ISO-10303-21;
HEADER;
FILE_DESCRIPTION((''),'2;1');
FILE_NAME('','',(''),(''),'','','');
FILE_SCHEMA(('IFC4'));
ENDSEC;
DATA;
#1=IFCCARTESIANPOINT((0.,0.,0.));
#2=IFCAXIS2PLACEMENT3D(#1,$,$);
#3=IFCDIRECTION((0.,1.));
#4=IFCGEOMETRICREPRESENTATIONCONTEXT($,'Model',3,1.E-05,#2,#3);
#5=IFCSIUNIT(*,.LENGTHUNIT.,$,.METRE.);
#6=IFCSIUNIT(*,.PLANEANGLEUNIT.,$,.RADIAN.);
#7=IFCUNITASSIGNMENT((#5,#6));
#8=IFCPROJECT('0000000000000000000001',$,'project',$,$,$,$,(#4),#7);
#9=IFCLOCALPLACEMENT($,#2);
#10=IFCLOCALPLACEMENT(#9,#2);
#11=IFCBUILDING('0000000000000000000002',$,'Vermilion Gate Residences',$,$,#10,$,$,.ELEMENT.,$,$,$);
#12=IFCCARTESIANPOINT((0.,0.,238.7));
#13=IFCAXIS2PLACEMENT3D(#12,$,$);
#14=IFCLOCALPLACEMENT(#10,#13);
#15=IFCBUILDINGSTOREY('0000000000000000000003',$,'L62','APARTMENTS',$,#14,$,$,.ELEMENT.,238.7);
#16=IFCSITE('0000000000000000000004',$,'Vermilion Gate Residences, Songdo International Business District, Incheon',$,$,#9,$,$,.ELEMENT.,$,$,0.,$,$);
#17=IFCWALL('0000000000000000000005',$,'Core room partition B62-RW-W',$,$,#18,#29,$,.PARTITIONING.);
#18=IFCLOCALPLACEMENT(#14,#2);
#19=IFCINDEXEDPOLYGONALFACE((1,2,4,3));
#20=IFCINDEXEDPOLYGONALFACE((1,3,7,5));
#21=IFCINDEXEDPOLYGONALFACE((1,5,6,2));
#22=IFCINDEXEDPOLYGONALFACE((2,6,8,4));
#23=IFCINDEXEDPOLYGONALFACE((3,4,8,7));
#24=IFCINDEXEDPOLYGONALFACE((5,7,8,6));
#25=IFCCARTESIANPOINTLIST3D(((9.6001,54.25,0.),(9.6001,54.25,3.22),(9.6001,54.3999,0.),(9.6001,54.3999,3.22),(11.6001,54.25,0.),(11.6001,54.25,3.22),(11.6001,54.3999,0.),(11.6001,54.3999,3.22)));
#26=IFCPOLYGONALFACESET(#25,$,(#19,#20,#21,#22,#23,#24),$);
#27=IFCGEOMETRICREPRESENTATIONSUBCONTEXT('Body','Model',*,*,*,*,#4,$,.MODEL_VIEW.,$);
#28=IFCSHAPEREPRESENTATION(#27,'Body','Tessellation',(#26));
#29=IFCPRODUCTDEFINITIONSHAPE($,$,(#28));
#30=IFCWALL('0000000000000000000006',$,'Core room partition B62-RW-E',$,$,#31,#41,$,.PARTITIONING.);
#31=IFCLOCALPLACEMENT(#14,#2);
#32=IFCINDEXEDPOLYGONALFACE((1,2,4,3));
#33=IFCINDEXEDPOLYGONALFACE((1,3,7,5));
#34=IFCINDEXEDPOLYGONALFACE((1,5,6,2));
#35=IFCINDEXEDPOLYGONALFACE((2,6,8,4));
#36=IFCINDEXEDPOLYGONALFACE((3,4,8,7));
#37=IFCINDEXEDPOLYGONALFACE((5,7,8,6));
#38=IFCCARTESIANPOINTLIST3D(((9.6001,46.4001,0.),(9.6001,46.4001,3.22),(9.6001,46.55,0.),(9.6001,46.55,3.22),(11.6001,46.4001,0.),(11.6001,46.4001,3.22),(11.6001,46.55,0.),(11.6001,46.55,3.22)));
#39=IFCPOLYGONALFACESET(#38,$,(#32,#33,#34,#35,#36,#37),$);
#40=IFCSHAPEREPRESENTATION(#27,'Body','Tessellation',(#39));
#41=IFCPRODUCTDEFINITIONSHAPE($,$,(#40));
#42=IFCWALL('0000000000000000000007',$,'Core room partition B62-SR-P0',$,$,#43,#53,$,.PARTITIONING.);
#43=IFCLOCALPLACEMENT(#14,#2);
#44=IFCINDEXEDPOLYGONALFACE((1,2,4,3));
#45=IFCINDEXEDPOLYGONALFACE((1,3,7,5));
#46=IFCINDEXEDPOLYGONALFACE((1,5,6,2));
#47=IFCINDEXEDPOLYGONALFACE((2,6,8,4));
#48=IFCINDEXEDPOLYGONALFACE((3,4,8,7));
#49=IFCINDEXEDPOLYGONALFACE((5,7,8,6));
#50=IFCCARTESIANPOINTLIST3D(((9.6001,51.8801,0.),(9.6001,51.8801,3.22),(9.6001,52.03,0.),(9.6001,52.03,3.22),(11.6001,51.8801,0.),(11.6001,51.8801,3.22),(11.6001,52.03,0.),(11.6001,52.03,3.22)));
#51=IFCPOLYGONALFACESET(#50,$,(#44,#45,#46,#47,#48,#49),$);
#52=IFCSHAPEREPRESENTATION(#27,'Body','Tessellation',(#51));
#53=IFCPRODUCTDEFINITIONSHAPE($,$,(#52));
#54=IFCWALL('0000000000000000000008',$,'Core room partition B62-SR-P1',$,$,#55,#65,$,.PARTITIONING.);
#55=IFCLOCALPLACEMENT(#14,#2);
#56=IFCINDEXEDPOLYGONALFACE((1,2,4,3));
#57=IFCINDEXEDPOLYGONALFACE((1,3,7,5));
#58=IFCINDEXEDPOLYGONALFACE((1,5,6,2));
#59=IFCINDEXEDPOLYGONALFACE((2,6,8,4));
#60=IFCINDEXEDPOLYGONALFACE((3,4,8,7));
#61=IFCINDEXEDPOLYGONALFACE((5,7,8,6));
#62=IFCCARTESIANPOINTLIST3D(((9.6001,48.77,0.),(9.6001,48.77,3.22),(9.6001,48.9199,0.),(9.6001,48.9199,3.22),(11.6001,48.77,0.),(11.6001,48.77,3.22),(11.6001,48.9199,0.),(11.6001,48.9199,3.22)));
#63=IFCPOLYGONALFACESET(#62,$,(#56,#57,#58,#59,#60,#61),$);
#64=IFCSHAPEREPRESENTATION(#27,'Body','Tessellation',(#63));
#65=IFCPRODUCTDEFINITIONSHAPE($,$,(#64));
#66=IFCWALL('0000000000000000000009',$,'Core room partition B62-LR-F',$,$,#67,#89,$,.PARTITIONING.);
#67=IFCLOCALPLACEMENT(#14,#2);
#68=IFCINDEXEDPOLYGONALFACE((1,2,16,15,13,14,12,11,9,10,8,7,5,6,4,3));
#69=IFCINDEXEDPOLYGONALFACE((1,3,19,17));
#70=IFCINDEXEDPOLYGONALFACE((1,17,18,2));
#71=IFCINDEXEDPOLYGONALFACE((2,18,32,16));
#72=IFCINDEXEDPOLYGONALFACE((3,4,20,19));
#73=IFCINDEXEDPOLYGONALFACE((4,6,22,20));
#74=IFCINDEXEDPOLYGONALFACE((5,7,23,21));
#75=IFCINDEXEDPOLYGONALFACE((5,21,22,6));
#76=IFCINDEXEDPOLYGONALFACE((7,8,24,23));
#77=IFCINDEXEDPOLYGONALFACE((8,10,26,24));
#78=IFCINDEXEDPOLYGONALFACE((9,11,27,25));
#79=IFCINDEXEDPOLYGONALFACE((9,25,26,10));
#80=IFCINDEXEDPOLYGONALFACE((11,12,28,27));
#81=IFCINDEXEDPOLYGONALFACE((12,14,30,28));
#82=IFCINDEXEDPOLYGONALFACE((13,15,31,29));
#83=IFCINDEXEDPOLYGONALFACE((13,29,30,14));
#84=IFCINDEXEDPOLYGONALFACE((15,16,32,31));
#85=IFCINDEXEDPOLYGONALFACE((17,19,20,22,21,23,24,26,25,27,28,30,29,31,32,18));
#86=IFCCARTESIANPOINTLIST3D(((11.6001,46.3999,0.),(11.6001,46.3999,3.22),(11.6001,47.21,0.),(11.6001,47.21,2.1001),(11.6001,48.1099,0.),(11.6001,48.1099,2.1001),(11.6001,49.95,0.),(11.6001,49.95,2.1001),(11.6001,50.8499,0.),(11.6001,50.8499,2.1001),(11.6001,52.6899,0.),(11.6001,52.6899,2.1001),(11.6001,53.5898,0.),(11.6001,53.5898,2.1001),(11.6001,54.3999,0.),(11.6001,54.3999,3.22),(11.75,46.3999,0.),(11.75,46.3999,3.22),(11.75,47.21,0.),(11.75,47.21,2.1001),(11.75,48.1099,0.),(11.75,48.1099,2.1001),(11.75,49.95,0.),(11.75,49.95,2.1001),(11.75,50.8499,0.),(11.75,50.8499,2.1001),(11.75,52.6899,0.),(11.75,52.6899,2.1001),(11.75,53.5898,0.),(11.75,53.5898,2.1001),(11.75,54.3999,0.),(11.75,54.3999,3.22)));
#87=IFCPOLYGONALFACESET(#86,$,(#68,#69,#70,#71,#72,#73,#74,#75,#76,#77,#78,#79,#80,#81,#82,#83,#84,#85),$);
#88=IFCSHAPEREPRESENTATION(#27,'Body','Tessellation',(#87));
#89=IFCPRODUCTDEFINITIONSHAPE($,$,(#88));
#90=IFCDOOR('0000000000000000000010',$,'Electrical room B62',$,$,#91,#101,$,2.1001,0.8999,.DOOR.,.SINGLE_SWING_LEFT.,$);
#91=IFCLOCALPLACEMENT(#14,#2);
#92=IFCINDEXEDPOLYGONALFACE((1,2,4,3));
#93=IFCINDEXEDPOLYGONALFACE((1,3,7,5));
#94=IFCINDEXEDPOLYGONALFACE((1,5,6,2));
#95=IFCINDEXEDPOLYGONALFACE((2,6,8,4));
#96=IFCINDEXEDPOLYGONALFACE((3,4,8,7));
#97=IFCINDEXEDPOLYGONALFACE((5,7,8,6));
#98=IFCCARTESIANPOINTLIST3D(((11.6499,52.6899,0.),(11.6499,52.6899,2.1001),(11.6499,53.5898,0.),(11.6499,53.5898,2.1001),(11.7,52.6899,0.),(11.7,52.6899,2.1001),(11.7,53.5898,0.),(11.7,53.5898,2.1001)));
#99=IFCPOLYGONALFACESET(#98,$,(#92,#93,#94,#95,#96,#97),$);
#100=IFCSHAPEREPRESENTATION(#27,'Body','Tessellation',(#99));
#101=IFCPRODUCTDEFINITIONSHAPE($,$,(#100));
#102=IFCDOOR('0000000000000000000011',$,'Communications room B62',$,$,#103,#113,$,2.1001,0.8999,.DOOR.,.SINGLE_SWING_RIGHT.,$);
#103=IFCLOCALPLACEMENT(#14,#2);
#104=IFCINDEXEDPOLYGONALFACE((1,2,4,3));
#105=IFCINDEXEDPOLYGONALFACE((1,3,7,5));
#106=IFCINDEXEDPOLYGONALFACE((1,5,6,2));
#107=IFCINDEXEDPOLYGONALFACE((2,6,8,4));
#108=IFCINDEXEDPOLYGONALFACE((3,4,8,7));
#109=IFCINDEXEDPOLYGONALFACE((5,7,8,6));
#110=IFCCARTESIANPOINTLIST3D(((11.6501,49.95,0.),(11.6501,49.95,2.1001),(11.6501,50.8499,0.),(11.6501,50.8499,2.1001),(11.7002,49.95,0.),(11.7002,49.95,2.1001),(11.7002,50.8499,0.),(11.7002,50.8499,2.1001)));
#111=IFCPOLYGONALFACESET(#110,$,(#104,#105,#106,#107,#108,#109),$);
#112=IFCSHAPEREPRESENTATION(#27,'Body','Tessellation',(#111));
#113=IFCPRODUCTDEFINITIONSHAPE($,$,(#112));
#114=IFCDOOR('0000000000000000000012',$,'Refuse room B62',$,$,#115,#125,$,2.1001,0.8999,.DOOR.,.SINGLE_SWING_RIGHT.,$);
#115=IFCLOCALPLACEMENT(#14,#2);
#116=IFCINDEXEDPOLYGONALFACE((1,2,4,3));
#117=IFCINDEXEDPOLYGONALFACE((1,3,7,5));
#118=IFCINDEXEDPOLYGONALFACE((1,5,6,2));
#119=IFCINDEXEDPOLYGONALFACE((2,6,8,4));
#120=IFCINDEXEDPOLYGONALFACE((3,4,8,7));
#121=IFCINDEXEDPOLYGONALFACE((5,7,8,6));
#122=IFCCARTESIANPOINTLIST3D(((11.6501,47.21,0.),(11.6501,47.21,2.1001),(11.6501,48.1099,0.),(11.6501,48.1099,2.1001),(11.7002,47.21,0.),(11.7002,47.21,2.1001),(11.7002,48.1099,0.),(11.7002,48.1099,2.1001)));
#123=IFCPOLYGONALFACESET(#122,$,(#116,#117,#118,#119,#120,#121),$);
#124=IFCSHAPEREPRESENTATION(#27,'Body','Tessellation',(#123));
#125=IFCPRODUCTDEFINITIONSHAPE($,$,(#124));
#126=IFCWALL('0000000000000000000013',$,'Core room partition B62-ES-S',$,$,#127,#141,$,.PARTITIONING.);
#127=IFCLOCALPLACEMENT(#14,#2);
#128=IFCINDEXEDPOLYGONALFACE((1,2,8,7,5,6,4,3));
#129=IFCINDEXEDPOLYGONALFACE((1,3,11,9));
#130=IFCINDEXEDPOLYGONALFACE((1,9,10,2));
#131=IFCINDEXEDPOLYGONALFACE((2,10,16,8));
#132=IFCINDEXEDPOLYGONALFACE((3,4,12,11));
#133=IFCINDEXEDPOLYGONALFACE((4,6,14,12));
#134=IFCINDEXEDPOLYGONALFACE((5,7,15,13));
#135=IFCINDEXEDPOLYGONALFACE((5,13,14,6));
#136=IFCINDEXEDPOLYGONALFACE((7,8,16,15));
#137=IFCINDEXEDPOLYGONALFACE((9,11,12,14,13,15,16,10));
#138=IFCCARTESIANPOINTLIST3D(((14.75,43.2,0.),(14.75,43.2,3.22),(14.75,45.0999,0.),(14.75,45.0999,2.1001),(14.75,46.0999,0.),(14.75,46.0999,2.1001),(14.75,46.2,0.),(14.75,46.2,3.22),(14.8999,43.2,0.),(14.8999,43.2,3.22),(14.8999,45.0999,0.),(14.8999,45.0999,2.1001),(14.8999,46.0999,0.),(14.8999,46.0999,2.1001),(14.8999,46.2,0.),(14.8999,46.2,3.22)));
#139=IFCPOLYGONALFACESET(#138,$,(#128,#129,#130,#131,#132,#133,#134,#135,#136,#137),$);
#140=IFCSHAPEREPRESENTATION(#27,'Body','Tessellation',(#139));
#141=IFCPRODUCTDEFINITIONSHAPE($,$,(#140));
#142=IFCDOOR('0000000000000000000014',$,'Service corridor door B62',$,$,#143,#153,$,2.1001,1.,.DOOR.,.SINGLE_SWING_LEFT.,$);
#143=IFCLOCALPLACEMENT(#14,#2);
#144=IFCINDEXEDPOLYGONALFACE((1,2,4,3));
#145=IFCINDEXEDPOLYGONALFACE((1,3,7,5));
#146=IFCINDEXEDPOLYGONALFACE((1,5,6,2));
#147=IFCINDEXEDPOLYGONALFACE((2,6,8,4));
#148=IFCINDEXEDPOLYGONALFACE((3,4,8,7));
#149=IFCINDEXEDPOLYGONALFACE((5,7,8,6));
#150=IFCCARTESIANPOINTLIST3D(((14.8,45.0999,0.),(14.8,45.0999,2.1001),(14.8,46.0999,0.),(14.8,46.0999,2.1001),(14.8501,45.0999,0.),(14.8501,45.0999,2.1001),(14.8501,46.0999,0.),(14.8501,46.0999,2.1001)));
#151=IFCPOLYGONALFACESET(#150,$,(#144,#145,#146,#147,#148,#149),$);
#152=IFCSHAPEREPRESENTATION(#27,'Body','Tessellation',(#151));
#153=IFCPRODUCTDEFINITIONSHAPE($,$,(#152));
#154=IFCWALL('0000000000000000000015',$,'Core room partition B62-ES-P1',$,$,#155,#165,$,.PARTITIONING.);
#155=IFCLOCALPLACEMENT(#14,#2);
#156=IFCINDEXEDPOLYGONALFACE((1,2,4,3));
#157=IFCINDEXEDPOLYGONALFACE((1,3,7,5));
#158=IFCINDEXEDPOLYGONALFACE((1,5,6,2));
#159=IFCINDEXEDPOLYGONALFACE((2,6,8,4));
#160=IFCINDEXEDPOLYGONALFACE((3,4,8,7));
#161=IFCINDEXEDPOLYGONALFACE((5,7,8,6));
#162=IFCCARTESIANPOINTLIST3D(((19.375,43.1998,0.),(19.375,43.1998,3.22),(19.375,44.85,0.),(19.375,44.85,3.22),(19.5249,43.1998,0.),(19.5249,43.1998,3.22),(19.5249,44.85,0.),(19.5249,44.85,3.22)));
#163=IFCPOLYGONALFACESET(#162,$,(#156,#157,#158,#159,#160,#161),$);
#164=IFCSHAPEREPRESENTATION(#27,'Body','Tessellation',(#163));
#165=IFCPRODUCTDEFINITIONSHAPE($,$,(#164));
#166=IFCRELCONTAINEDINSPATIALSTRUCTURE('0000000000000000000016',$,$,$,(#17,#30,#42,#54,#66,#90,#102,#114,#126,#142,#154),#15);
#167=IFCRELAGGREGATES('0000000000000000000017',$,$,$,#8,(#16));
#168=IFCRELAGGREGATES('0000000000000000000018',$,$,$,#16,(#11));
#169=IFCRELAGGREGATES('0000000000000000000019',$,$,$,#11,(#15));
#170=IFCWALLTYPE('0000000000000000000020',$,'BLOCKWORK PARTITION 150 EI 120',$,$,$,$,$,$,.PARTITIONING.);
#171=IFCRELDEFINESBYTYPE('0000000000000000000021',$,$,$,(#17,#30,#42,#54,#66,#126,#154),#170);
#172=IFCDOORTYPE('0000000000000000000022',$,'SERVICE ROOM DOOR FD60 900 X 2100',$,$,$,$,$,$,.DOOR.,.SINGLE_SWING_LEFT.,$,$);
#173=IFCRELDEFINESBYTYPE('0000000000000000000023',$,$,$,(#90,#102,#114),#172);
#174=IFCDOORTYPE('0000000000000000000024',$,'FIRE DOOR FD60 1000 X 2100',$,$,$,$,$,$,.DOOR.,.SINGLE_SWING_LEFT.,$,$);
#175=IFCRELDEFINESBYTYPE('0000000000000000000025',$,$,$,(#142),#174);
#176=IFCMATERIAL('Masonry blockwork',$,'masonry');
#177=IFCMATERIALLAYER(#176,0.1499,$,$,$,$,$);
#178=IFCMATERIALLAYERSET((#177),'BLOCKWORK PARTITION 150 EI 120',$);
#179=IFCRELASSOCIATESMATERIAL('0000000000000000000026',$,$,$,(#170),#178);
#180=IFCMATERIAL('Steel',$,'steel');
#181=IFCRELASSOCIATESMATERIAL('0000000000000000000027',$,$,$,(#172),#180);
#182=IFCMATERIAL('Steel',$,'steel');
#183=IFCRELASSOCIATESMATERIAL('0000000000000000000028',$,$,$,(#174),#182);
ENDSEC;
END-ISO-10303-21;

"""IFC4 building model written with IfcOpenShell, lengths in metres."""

from ifc_helpers import new_model, si_unit, direction, frame, frame_2d, origin, place, context, subcontext, project, spatial, rectangle, extrude, material, layer, layer_set, type_object, element, fill, save


model = new_model("IFC4")

# Units and contexts
model_context = context("Model", 3, precision=1e-05, world=origin(), true_north=direction((0.0, 1.0)))
body_context = subcontext(model_context, "Body", "Model", "MODEL_VIEW")
ifc_project = project(units=[si_unit("LENGTHUNIT", "METRE"), si_unit("PLANEANGLEUNIT", "RADIAN")], contexts=[model_context])

# Site, building, storey
site_placement = place(None, origin())
site = spatial("IfcSite", under=ifc_project, at=site_placement, Name="Vermilion Gate Residences, Songdo International Business District, Incheon", CompositionType="ELEMENT", RefElevation=0.0)
building_placement = place(site_placement, origin())
building = spatial("IfcBuilding", under=site, at=building_placement, Name="Vermilion Gate Residences", CompositionType="ELEMENT")
storey_placement = place(building_placement, frame((0.0, 0.0, 238.7)))
storey = spatial("IfcBuildingStorey", under=building, at=storey_placement, Name="L62", Description="APARTMENTS", CompositionType="ELEMENT", Elevation=238.7)

# Walls
ifc_material_1 = material(Name="Masonry blockwork", Category="masonry")
ifc_layer_1 = layer(ifc_material_1, 0.1499)
ifc_layer_set_1 = layer_set([ifc_layer_1], Name="BLOCKWORK PARTITION 150 EI 120")
wall_type_1 = type_object("IfcWallType", Name="BLOCKWORK PARTITION 150 EI 120", PredefinedType="PARTITIONING", material=ifc_layer_set_1)
for number, where, z_axis, x_axis, name in (
    (1, (9.6001, 54.325, 0.0), (0.0, 0.0, 1.0), (1.0, 0.0, 0.0), "Core room partition B62-RW-W"),
    (2, (9.6001, 46.4751, 0.0), (0.0, 0.0, 1.0), (1.0, 0.0, 0.0), "Core room partition B62-RW-E"),
    (3, (9.6001, 51.9551, 0.0), (0.0, 0.0, 1.0), (1.0, 0.0, 0.0), "Core room partition B62-SR-P0"),
    (4, (9.6001, 48.845, 0.0), (0.0, 0.0, 1.0), (1.0, 0.0, 0.0), "Core room partition B62-SR-P1"),
):
    element("IfcWall", number, at=place(storey_placement, frame(where, z_axis=z_axis, x_axis=x_axis)), inside=storey, type_object=wall_type_1, Name=name, PredefinedType="PARTITIONING", context=body_context, shape_type="SweptSolid", body=[
        extrude(rectangle(XDim=2.0, YDim=0.1499, at=frame_2d((1.0, 0.0))), origin(), (0.0, 0.0, 1.0), 3.22),
    ])

# Wall, openings, doors
wall_1_placement = place(storey_placement, frame((11.675, 54.3999, 0.0), z_axis=(0.0, 0.0, 1.0), x_axis=(0.0, -1.0, 0.0)))
wall_1 = element("IfcWall", 5, at=wall_1_placement, inside=storey, type_object=wall_type_1, Name="Core room partition B62-LR-F", PredefinedType="PARTITIONING", context=body_context, shape_type="SweptSolid", body=[
    extrude(rectangle(XDim=8.0, YDim=0.1499, at=frame_2d((4.0, 0.0))), origin(), (0.0, 0.0, 1.0), 3.22),
])
opening_1_placement = place(wall_1_placement, frame((0.8101, 0.0, 0.0)))
opening_1 = element("IfcOpeningElement", 6, at=opening_1_placement, cuts=wall_1, PredefinedType="OPENING", context=body_context, shape_type="SweptSolid", body=[
    extrude(rectangle(XDim=0.8999, YDim=2.1001, at=frame_2d((0.45, 1.05))), frame((0.0, 0.085, 0.0), z_axis=(0.0, -1.0, 0.0), x_axis=(1.0, 0.0, 0.0)), (0.0, 0.0, 1.0), 0.1699),
])
opening_2_placement = place(wall_1_placement, frame((3.55, 0.0, 0.0)))
opening_2 = element("IfcOpeningElement", 7, at=opening_2_placement, cuts=wall_1, PredefinedType="OPENING", context=body_context, shape_type="SweptSolid", body=[
    extrude(rectangle(XDim=0.8999, YDim=2.1001, at=frame_2d((0.45, 1.05))), frame((0.0, 0.085, 0.0), z_axis=(0.0, -1.0, 0.0), x_axis=(1.0, 0.0, 0.0)), (0.0, 0.0, 1.0), 0.1699),
])
opening_3_placement = place(wall_1_placement, frame((6.29, 0.0, 0.0)))
opening_3 = element("IfcOpeningElement", 8, at=opening_3_placement, cuts=wall_1, PredefinedType="OPENING", context=body_context, shape_type="SweptSolid", body=[
    extrude(rectangle(XDim=0.8999, YDim=2.1001, at=frame_2d((0.45, 1.05))), frame((0.0, 0.085, 0.0), z_axis=(0.0, -1.0, 0.0), x_axis=(1.0, 0.0, 0.0)), (0.0, 0.0, 1.0), 0.1699),
])
ifc_material_2 = material(Name="Steel", Category="steel")
door_type_1 = type_object("IfcDoorType", Name="SERVICE ROOM DOOR FD60 900 X 2100", OperationType="SINGLE_SWING_LEFT", PredefinedType="DOOR", material=ifc_material_2)
door_1_placement = place(opening_1_placement, origin())
door_1 = element("IfcDoor", 9, at=door_1_placement, inside=storey, type_object=door_type_1, Name="Electrical room B62", OperationType="SINGLE_SWING_LEFT", OverallHeight=2.1001, OverallWidth=0.8999, PredefinedType="DOOR", context=body_context, shape_type="SweptSolid", body=[
    extrude(rectangle(XDim=0.8999, YDim=2.1001, at=frame_2d((0.45, 1.05))), frame((0.0, 0.0249, 0.0), z_axis=(0.0, -1.0, 0.0), x_axis=(1.0, 0.0, 0.0)), (0.0, 0.0, 1.0), 0.05),
])
fill(opening_1, door_1)
door_2_placement = place(opening_2_placement, frame((0.8999, 0.0, 0.0), z_axis=(0.0, 0.0, 1.0), x_axis=(-1.0, 0.0, 0.0)))
door_2 = element("IfcDoor", 10, at=door_2_placement, inside=storey, type_object=door_type_1, Name="Communications room B62", OperationType="SINGLE_SWING_RIGHT", OverallHeight=2.1001, OverallWidth=0.8999, PredefinedType="DOOR", context=body_context, shape_type="SweptSolid", body=[
    extrude(rectangle(XDim=0.8999, YDim=2.1001, at=frame_2d((0.45, 1.05))), frame((0.0, 0.0249, 0.0), z_axis=(0.0, -1.0, 0.0), x_axis=(1.0, 0.0, 0.0)), (0.0, 0.0, 1.0), 0.05),
])
fill(opening_2, door_2)
door_3_placement = place(opening_3_placement, frame((0.8999, 0.0, 0.0), z_axis=(0.0, 0.0, 1.0), x_axis=(-1.0, 0.0, 0.0)))
door_3 = element("IfcDoor", 11, at=door_3_placement, inside=storey, type_object=door_type_1, Name="Refuse room B62", OperationType="SINGLE_SWING_RIGHT", OverallHeight=2.1001, OverallWidth=0.8999, PredefinedType="DOOR", context=body_context, shape_type="SweptSolid", body=[
    extrude(rectangle(XDim=0.8999, YDim=2.1001, at=frame_2d((0.45, 1.05))), frame((0.0, 0.0249, 0.0), z_axis=(0.0, -1.0, 0.0), x_axis=(1.0, 0.0, 0.0)), (0.0, 0.0, 1.0), 0.05),
])
fill(opening_3, door_3)

# Wall, opening, door
wall_2_placement = place(storey_placement, frame((14.825, 46.2, 0.0), z_axis=(0.0, 0.0, 1.0), x_axis=(0.0, -1.0, 0.0)))
wall_2 = element("IfcWall", 12, at=wall_2_placement, inside=storey, type_object=wall_type_1, Name="Core room partition B62-ES-S", PredefinedType="PARTITIONING", context=body_context, shape_type="SweptSolid", body=[
    extrude(rectangle(XDim=3.0, YDim=0.1499, at=frame_2d((1.5, 0.0))), origin(), (0.0, 0.0, 1.0), 3.22),
])
opening_4_placement = place(wall_2_placement, frame((0.1001, 0.0, 0.0)))
opening_4 = element("IfcOpeningElement", 13, at=opening_4_placement, cuts=wall_2, PredefinedType="OPENING", context=body_context, shape_type="SweptSolid", body=[
    extrude(rectangle(XDim=1.0, YDim=2.1001, at=frame_2d((0.5, 1.05))), frame((0.0, 0.085, 0.0), z_axis=(0.0, -1.0, 0.0), x_axis=(1.0, 0.0, 0.0)), (0.0, 0.0, 1.0), 0.1699),
])
ifc_material_3 = material(Name="Steel", Category="steel")
door_type_2 = type_object("IfcDoorType", Name="FIRE DOOR FD60 1000 X 2100", OperationType="SINGLE_SWING_LEFT", PredefinedType="DOOR", material=ifc_material_3)
door_4_placement = place(opening_4_placement, frame((1.0, 0.0, 0.0), z_axis=(0.0, 0.0, 1.0), x_axis=(-1.0, 0.0, 0.0)))
door_4 = element("IfcDoor", 14, at=door_4_placement, inside=storey, type_object=door_type_2, Name="Service corridor door B62", OperationType="SINGLE_SWING_LEFT", OverallHeight=2.1001, OverallWidth=1.0, PredefinedType="DOOR", context=body_context, shape_type="SweptSolid", body=[
    extrude(rectangle(XDim=1.0, YDim=2.1001, at=frame_2d((0.5, 1.05))), frame((0.0, 0.0249, 0.0), z_axis=(0.0, -1.0, 0.0), x_axis=(1.0, 0.0, 0.0)), (0.0, 0.0, 1.0), 0.05),
])
fill(opening_4, door_4)

# Wall
wall_3_placement = place(storey_placement, frame((19.45, 44.8501, 0.0), z_axis=(0.0, 0.0, 1.0), x_axis=(0.0, -1.0, 0.0)))
element("IfcWall", 15, at=wall_3_placement, inside=storey, type_object=wall_type_1, Name="Core room partition B62-ES-P1", PredefinedType="PARTITIONING", context=body_context, shape_type="SweptSolid", body=[
    extrude(rectangle(XDim=1.6501, YDim=0.1499, at=frame_2d((0.8252, 0.0))), origin(), (0.0, 0.0, 1.0), 3.22),
])

save(model, "model.ifc")
